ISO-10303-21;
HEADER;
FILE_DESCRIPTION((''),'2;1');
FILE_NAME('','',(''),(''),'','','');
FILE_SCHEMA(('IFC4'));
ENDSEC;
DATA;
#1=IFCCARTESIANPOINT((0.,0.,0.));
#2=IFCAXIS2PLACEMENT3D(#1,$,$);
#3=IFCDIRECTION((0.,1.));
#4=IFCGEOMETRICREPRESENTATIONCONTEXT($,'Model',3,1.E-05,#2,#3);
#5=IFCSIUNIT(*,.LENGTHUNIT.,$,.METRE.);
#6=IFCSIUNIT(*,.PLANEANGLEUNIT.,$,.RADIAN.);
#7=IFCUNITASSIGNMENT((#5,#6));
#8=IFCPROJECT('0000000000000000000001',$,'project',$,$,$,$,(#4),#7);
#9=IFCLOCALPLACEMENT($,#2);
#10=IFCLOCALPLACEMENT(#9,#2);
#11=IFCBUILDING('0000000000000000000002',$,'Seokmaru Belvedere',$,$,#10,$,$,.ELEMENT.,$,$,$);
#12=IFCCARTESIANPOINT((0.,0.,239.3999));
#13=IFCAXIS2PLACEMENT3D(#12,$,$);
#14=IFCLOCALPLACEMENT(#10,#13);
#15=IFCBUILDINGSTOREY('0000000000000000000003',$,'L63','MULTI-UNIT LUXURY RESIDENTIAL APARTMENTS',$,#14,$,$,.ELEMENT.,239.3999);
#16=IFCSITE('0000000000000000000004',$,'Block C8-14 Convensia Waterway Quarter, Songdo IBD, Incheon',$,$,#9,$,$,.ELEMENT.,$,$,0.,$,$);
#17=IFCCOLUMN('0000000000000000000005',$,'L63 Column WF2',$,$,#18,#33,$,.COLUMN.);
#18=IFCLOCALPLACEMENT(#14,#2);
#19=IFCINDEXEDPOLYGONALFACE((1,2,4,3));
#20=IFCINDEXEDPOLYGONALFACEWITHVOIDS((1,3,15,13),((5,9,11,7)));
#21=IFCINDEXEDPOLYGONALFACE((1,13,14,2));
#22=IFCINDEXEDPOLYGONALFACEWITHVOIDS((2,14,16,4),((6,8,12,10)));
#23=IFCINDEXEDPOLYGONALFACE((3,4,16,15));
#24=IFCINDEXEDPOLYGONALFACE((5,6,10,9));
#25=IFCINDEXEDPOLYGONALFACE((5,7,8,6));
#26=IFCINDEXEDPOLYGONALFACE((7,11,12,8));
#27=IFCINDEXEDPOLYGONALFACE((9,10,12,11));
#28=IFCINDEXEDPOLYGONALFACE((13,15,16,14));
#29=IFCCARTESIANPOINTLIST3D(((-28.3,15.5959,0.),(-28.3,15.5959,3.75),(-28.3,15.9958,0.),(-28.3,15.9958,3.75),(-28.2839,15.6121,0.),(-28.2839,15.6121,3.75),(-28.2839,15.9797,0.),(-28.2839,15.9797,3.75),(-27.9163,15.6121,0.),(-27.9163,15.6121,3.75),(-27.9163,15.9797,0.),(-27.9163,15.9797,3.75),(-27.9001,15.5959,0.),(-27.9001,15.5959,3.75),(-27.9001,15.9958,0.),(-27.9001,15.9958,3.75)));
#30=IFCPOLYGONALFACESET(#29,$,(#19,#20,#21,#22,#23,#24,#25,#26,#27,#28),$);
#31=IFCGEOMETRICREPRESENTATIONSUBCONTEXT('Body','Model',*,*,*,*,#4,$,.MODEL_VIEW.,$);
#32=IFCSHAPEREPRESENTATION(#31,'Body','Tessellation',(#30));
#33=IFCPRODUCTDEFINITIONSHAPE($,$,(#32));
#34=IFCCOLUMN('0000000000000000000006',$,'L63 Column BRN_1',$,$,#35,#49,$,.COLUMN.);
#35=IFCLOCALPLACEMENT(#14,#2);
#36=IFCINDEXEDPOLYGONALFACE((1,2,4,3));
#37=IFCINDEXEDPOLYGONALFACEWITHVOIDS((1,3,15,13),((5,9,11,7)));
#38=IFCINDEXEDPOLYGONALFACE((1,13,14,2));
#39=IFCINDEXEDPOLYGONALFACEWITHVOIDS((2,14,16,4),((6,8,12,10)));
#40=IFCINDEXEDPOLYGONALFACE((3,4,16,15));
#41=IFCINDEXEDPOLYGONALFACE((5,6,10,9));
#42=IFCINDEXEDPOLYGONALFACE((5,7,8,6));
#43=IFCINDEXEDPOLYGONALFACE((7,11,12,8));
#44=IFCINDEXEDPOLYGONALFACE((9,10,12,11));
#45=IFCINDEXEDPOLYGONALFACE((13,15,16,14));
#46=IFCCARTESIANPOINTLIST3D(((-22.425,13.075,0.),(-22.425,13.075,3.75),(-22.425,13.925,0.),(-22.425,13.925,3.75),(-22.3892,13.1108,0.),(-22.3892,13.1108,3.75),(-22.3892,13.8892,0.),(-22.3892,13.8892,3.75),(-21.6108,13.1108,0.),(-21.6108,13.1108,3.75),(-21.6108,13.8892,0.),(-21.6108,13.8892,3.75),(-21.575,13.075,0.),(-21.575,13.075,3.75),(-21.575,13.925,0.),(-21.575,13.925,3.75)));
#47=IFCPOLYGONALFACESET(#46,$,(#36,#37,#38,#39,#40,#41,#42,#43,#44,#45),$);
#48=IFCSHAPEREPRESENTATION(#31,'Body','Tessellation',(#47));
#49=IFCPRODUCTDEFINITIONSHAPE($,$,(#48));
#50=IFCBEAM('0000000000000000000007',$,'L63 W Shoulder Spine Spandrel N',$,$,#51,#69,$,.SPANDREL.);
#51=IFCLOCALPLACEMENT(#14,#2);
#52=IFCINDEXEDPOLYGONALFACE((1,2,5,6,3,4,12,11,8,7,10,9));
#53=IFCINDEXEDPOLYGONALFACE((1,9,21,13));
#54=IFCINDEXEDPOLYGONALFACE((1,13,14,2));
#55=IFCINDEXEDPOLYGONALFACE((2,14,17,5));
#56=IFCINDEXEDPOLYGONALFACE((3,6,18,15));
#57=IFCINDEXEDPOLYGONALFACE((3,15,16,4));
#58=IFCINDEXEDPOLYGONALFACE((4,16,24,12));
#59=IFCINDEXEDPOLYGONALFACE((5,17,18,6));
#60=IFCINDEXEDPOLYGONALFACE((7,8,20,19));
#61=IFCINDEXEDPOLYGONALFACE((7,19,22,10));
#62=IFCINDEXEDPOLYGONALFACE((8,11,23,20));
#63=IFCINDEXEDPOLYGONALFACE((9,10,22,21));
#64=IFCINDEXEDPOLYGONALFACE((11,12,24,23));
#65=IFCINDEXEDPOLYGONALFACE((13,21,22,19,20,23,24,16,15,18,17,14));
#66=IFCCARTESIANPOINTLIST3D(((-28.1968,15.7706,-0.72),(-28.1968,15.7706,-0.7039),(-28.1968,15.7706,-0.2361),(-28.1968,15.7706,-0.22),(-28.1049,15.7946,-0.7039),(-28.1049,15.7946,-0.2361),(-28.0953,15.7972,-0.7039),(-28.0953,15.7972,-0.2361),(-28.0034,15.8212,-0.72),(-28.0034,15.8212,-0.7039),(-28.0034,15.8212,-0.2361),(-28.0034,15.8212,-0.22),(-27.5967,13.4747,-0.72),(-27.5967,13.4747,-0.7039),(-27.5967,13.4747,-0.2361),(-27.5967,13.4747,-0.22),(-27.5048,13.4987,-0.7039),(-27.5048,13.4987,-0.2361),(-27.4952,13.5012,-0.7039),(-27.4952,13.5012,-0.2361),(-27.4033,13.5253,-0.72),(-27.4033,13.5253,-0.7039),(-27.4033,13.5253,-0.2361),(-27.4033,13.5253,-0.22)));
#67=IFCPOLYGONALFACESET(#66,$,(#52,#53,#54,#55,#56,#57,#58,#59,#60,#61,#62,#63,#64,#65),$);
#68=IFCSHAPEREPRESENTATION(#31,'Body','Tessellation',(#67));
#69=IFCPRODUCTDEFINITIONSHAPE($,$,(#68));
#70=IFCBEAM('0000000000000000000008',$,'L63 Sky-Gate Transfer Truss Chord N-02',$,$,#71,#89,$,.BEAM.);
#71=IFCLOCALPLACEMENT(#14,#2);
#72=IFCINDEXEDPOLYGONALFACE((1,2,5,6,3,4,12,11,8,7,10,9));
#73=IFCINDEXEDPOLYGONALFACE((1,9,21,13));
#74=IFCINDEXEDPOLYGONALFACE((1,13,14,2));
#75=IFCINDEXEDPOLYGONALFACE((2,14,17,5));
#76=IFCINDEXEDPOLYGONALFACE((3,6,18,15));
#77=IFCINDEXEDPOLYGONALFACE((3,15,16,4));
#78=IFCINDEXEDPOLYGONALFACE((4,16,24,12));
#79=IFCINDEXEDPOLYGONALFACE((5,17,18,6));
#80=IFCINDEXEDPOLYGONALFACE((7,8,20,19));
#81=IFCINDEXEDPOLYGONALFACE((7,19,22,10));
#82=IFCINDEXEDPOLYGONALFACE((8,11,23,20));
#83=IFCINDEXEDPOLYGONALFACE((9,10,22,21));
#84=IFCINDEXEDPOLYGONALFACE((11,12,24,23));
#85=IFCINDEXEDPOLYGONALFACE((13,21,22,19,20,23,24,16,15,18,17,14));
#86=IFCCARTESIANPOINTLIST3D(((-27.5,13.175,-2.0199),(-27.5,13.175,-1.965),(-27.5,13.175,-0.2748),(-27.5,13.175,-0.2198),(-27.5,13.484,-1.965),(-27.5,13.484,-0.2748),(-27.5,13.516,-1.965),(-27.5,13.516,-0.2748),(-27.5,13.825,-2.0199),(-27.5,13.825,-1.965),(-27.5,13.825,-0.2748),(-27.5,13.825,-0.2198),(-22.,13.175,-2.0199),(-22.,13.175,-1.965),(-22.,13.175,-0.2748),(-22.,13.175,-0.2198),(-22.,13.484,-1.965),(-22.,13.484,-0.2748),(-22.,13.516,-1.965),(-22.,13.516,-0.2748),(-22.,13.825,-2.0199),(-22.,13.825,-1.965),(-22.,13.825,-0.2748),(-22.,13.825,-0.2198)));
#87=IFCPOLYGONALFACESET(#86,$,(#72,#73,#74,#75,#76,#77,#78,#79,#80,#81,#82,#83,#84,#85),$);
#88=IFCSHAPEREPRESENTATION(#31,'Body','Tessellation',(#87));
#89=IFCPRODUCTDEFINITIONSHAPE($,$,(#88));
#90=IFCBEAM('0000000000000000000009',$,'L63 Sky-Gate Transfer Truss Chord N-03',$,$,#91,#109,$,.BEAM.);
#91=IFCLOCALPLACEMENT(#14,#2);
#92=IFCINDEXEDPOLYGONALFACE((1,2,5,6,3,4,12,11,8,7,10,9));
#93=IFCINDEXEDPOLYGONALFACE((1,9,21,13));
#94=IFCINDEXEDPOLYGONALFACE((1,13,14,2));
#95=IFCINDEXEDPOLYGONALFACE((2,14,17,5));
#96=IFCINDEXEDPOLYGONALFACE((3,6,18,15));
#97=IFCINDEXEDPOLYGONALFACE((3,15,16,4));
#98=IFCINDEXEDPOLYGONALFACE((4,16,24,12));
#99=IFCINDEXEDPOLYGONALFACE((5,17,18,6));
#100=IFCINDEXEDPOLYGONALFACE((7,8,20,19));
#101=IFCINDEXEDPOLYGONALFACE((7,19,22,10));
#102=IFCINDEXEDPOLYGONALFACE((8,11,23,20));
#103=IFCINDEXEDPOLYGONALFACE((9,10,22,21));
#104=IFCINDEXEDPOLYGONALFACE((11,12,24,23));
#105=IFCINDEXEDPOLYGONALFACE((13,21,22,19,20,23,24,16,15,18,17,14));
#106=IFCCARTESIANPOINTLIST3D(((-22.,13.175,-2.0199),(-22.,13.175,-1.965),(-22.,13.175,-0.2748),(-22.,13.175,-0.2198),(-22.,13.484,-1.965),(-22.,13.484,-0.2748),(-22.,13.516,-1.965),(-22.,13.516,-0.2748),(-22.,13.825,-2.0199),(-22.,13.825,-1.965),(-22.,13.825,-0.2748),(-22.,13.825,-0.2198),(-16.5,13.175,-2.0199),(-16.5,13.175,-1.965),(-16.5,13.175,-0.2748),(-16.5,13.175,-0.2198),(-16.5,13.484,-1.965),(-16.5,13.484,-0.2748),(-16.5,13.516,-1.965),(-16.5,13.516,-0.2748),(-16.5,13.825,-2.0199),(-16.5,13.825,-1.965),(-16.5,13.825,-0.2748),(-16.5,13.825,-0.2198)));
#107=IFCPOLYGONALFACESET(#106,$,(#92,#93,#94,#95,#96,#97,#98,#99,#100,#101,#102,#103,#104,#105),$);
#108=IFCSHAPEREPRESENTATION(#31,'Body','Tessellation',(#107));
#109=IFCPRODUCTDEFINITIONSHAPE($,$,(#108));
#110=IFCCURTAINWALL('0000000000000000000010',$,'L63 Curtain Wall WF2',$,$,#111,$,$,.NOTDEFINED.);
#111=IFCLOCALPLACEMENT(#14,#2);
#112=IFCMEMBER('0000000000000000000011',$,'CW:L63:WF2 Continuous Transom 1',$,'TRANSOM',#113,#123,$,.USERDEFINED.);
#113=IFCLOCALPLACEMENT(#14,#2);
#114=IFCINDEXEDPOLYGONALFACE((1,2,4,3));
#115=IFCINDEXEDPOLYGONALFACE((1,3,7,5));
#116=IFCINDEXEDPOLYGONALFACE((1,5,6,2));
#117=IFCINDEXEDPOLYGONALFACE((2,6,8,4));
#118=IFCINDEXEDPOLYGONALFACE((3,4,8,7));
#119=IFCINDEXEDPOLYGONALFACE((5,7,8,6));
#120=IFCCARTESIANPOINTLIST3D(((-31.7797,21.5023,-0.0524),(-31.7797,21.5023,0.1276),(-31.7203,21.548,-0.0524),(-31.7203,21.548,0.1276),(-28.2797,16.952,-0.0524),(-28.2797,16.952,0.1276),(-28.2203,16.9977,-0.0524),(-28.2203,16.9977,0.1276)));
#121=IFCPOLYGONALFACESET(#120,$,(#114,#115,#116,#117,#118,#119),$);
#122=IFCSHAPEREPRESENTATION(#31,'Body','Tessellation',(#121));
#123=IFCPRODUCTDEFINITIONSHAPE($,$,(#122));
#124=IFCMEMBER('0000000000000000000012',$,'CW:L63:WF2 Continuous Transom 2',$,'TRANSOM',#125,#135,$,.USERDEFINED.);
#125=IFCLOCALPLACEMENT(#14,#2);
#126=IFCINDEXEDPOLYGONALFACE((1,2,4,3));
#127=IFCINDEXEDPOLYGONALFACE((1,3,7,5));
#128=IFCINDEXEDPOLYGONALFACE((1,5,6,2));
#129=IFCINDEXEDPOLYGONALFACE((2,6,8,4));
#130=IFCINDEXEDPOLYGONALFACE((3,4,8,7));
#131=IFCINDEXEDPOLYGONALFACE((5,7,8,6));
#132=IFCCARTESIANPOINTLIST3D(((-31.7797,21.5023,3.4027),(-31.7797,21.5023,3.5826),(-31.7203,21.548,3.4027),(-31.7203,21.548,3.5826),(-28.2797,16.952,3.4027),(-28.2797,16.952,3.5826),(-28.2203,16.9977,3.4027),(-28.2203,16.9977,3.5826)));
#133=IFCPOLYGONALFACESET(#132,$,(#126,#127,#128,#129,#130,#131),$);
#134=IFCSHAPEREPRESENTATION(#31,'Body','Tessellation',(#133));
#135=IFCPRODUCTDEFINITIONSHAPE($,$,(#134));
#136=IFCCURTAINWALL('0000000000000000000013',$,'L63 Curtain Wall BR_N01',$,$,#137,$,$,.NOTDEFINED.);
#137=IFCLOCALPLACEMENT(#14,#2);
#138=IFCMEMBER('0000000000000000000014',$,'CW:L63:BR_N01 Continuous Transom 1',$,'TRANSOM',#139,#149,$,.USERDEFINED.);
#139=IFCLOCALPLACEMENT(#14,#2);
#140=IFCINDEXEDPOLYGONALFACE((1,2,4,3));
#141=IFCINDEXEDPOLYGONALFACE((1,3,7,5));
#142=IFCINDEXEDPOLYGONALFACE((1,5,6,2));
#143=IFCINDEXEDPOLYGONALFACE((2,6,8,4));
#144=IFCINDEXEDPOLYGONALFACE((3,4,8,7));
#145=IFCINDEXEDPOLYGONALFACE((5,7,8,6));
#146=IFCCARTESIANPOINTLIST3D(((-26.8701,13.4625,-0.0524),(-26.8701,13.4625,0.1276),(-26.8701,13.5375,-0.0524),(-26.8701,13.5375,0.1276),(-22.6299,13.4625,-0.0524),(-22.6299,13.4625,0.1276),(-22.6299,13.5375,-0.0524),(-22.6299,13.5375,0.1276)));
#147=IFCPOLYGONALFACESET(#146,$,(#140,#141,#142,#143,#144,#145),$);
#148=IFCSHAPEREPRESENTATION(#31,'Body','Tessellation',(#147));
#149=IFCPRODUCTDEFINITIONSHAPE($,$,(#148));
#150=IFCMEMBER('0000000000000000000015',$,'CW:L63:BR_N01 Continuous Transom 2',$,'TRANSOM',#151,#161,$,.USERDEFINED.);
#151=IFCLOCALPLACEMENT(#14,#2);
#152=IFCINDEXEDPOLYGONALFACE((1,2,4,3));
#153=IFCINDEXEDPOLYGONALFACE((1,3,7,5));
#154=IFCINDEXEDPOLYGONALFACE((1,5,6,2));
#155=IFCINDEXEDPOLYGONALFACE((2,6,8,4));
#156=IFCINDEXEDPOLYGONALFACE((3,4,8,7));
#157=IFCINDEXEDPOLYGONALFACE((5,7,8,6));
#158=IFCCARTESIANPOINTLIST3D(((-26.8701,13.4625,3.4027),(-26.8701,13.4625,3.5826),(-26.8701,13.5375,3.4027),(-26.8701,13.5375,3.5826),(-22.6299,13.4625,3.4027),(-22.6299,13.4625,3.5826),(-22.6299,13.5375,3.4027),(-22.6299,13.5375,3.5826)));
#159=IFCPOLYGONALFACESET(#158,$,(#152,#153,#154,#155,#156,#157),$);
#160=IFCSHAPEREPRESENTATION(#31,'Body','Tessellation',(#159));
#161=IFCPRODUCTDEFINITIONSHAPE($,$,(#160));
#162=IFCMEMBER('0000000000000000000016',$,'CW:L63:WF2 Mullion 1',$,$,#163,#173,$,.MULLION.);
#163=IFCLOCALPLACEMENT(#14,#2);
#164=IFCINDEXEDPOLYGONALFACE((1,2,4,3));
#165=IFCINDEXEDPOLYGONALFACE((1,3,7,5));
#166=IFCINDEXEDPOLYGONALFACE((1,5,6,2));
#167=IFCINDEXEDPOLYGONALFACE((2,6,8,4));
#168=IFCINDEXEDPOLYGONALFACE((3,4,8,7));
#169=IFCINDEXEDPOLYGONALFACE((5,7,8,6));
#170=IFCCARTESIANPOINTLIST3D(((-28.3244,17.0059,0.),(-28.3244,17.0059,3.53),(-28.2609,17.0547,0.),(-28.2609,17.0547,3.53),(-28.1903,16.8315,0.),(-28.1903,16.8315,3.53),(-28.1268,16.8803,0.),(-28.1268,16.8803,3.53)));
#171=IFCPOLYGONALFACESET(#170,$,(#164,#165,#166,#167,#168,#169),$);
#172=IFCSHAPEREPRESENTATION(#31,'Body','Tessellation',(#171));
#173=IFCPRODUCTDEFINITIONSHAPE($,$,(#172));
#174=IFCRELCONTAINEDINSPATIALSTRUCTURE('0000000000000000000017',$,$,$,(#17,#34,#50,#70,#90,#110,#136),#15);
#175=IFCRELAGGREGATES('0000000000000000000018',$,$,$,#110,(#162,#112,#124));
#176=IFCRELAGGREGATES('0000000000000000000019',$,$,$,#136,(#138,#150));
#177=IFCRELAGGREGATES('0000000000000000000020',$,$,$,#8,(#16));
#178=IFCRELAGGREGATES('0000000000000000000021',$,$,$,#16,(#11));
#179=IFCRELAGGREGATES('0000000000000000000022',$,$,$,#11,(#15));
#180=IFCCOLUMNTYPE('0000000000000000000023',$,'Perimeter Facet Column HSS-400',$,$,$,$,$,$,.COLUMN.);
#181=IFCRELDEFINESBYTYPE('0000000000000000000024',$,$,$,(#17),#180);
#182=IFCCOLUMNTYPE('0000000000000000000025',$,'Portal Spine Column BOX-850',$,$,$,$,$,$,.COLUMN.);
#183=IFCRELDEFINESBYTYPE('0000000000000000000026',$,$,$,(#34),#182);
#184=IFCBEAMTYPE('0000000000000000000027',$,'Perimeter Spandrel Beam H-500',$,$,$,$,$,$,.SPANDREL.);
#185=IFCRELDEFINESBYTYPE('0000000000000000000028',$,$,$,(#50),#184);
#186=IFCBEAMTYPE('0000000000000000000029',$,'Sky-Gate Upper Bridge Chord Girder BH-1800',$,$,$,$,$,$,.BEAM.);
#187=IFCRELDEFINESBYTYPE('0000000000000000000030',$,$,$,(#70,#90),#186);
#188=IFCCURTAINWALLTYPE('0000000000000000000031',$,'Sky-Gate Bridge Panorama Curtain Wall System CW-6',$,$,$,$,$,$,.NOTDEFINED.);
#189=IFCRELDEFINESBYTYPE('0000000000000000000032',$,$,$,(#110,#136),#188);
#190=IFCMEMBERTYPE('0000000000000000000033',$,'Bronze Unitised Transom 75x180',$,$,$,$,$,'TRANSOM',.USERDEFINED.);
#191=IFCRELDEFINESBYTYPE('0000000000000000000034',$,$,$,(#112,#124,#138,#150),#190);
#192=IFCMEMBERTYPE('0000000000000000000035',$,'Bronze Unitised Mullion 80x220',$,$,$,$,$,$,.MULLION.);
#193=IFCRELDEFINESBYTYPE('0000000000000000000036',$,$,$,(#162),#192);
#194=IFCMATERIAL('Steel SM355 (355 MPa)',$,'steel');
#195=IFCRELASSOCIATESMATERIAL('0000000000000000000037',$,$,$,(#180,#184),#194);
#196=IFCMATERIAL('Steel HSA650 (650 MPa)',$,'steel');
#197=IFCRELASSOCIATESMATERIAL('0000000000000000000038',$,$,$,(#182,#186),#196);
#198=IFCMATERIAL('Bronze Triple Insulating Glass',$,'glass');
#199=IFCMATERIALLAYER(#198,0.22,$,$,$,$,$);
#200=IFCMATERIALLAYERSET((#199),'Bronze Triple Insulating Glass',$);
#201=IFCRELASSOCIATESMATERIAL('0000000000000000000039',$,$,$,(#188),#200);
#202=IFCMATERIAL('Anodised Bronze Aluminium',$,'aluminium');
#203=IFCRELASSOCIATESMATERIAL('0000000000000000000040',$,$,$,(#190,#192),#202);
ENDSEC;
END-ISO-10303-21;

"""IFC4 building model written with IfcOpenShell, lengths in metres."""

from ifc_helpers import new_model, si_unit, direction, frame, origin, origin_2d, place, context, subcontext, project, spatial, rectangle, hollow_rectangle, i_section, extrude, source, transform, mapped, material, layer, layer_set, material_profile, profile_set, type_object, type_shapes, element, aggregate, save


model = new_model("IFC4")

# Units and contexts
model_context = context("Model", 3, precision=1e-05, world=origin(), true_north=direction((0.0, 1.0)))
body_context = subcontext(model_context, "Body", "Model", "MODEL_VIEW")
ifc_project = project(units=[si_unit("LENGTHUNIT", "METRE"), si_unit("PLANEANGLEUNIT", "RADIAN")], contexts=[model_context])

# Site, building, storey
site_placement = place(None, origin())
site = spatial("IfcSite", under=ifc_project, at=site_placement, Name="Block C8-14 Convensia Waterway Quarter, Songdo IBD, Incheon", CompositionType="ELEMENT", RefElevation=0.0)
building_placement = place(site_placement, origin())
building = spatial("IfcBuilding", under=site, at=building_placement, Name="Seokmaru Belvedere", CompositionType="ELEMENT")
storey_placement = place(building_placement, frame((0.0, 0.0, 239.3999)))
storey = spatial("IfcBuildingStorey", under=building, at=storey_placement, Name="L63", Description="MULTI-UNIT LUXURY RESIDENTIAL APARTMENTS", CompositionType="ELEMENT", Elevation=239.3999)

# Columns
ifc_material_1 = material(Name="Steel SM355 (355 MPa)", Category="steel")
ifc_material_profile_1 = material_profile(ifc_material_1, hollow_rectangle(XDim=0.3999, YDim=0.3999, WallThickness=0.0161, at=origin_2d()), Name="HSS-400x400x16")
ifc_profile_set_1 = profile_set([ifc_material_profile_1], Name="Steel SM355 (355 MPa)")
column_type_1 = type_object("IfcColumnType", Name="Perimeter Facet Column HSS-400", PredefinedType="COLUMN", material=ifc_profile_set_1)
shared_shape_1 = source(origin(), body_context, "Body", "SweptSolid", [
    extrude(hollow_rectangle(XDim=0.3999, YDim=0.3999, WallThickness=0.0161, at=origin_2d()), origin(), (0.0, 0.0, 1.0), 3.75),
])
type_shapes(column_type_1, [shared_shape_1])
column_1_placement = place(storey_placement, frame((-28.1001, 15.7959, 0.0), z_axis=(0.0, 0.0, 1.0), x_axis=(1.0, 0.0, 0.0)))
element("IfcColumn", 1, at=column_1_placement, inside=storey, type_object=column_type_1, Name="L63 Column WF2", PredefinedType="COLUMN", context=body_context, shape_type="MappedRepresentation", body=[
    mapped(shared_shape_1, transform((0.0, 0.0, 0.0), scale=1.0)),
])
ifc_material_2 = material(Name="Steel HSA650 (650 MPa)", Category="steel")
ifc_material_profile_2 = material_profile(ifc_material_2, hollow_rectangle(XDim=0.8501, YDim=0.8501, WallThickness=0.0359, at=origin_2d()), Name="BOX-850x850x36")
ifc_profile_set_2 = profile_set([ifc_material_profile_2], Name="Steel HSA650 (650 MPa)")
column_type_2 = type_object("IfcColumnType", Name="Portal Spine Column BOX-850", PredefinedType="COLUMN", material=ifc_profile_set_2)
shared_shape_2 = source(origin(), body_context, "Body", "SweptSolid", [
    extrude(hollow_rectangle(XDim=0.8501, YDim=0.8501, WallThickness=0.0359, at=origin_2d()), origin(), (0.0, 0.0, 1.0), 3.75),
])
type_shapes(column_type_2, [shared_shape_2])
column_2_placement = place(storey_placement, frame((-22.0, 13.5, 0.0), z_axis=(0.0, 0.0, 1.0), x_axis=(1.0, 0.0, 0.0)))
element("IfcColumn", 2, at=column_2_placement, inside=storey, type_object=column_type_2, Name="L63 Column BRN_1", PredefinedType="COLUMN", context=body_context, shape_type="MappedRepresentation", body=[
    mapped(shared_shape_2, transform((0.0, 0.0, 0.0), scale=1.0)),
])

# Beams
ifc_material_profile_3 = material_profile(ifc_material_1, i_section(OverallWidth=0.2, OverallDepth=0.5, WebThickness=0.01, FlangeThickness=0.0161, at=origin_2d()), Name="H-500x200x10x16")
ifc_profile_set_3 = profile_set([ifc_material_profile_3], Name="Steel SM355 (355 MPa)")
beam_type_1 = type_object("IfcBeamType", Name="Perimeter Spandrel Beam H-500", PredefinedType="SPANDREL", material=ifc_profile_set_3)
shared_shape_3 = source(origin(), body_context, "Body", "SweptSolid", [
    extrude(i_section(OverallWidth=0.2, OverallDepth=0.5, WebThickness=0.01, FlangeThickness=0.0161, at=origin_2d()), origin(), (0.0, 0.0, 1.0), 2.373),
])
type_shapes(beam_type_1, [shared_shape_3])
beam_placement = place(storey_placement, frame((-28.1001, 15.7959, -0.47), z_axis=(0.252883, -0.967497, 0.0), x_axis=(0.967497, 0.252883, 0.0)))
element("IfcBeam", 3, at=beam_placement, inside=storey, type_object=beam_type_1, Name="L63 W Shoulder Spine Spandrel N", PredefinedType="SPANDREL", context=body_context, shape_type="MappedRepresentation", body=[
    mapped(shared_shape_3, transform((0.0, 0.0, 0.0), scale=1.0)),
])
ifc_material_profile_4 = material_profile(ifc_material_2, i_section(OverallWidth=0.6499, OverallDepth=1.8, WebThickness=0.032, FlangeThickness=0.0549, at=origin_2d()), Name="BH-1800x650x32x55")
ifc_profile_set_4 = profile_set([ifc_material_profile_4], Name="Steel HSA650 (650 MPa)")
beam_type_2 = type_object("IfcBeamType", Name="Sky-Gate Upper Bridge Chord Girder BH-1800", PredefinedType="BEAM", material=ifc_profile_set_4)
shared_shape_4 = source(origin(), body_context, "Body", "SweptSolid", [
    extrude(i_section(OverallWidth=0.6499, OverallDepth=1.8, WebThickness=0.032, FlangeThickness=0.0549, at=origin_2d()), origin(), (0.0, 0.0, 1.0), 5.5),
])
type_shapes(beam_type_2, [shared_shape_4])
for number, where, z_axis, x_axis, name in (
    (4, (-27.5, 13.5, -1.1199), (1.0, 0.0, 0.0), (0.0, 1.0, 0.0), "L63 Sky-Gate Transfer Truss Chord N-02"),
    (5, (-22.0, 13.5, -1.1199), (1.0, 0.0, 0.0), (0.0, 1.0, 0.0), "L63 Sky-Gate Transfer Truss Chord N-03"),
):
    element("IfcBeam", number, at=place(storey_placement, frame(where, z_axis=z_axis, x_axis=x_axis)), inside=storey, type_object=beam_type_2, Name=name, PredefinedType="BEAM", context=body_context, shape_type="MappedRepresentation", body=[
        mapped(shared_shape_4, transform((0.0, 0.0, 0.0), scale=1.0)),
    ])

# Curtain walls, members
ifc_material_3 = material(Name="Bronze Triple Insulating Glass", Category="glass")
ifc_layer_1 = layer(ifc_material_3, 0.22)
ifc_layer_set_1 = layer_set([ifc_layer_1], Name="Bronze Triple Insulating Glass")
curtain_wall_type = type_object("IfcCurtainWallType", Name="Sky-Gate Bridge Panorama Curtain Wall System CW-6", PredefinedType="NOTDEFINED", material=ifc_layer_set_1)
curtain_wall_1_placement = place(storey_placement, origin())
curtain_wall_1 = element("IfcCurtainWall", 6, at=curtain_wall_1_placement, inside=storey, type_object=curtain_wall_type, Name="L63 Curtain Wall WF2", PredefinedType="NOTDEFINED")
ifc_material_4 = material(Name="Anodised Bronze Aluminium", Category="aluminium")
ifc_material_profile_5 = material_profile(ifc_material_4, rectangle(XDim=0.075, YDim=0.1799, at=origin_2d()), Name="CW-T-75x180")
ifc_profile_set_5 = profile_set([ifc_material_profile_5], Name="Anodised Bronze Aluminium")
member_type_1 = type_object("IfcMemberType", Name="Bronze Unitised Transom 75x180", ElementType="TRANSOM", PredefinedType="USERDEFINED", material=ifc_profile_set_5)
shared_shape_5 = source(origin(), body_context, "Body", "SweptSolid", [
    extrude(rectangle(XDim=0.075, YDim=0.1799, at=origin_2d()), origin(), (0.0, 0.0, 1.0), 5.7407),
])
member_1_placement = place(storey_placement, frame((-28.25, 16.9749, 0.0376), z_axis=(-0.609686, 0.792643, 0.0), x_axis=(-0.792643, -0.609686, 0.0)))
member_1 = element("IfcMember", 7, at=member_1_placement, type_object=member_type_1, Name="CW:L63:WF2 Continuous Transom 1", ObjectType="TRANSOM", PredefinedType="USERDEFINED", context=body_context, shape_type="MappedRepresentation", body=[
    mapped(shared_shape_5, transform((0.0, 0.0, 0.0), scale=1.0)),
])
member_2_placement = place(storey_placement, frame((-28.25, 16.9749, 3.4927), z_axis=(-0.609686, 0.792643, 0.0), x_axis=(-0.792643, -0.609686, 0.0)))
member_2 = element("IfcMember", 8, at=member_2_placement, type_object=member_type_1, Name="CW:L63:WF2 Continuous Transom 2", ObjectType="TRANSOM", PredefinedType="USERDEFINED", context=body_context, shape_type="MappedRepresentation", body=[
    mapped(shared_shape_5, transform((0.0, 0.0, 0.0), scale=1.0)),
])
curtain_wall_2_placement = place(storey_placement, origin())
curtain_wall_2 = element("IfcCurtainWall", 9, at=curtain_wall_2_placement, inside=storey, type_object=curtain_wall_type, Name="L63 Curtain Wall BR_N01", PredefinedType="NOTDEFINED")
shared_shape_6 = source(origin(), body_context, "Body", "SweptSolid", [
    extrude(rectangle(XDim=0.075, YDim=0.1799, at=origin_2d()), origin(), (0.0, 0.0, 1.0), 4.2402),
])
type_shapes(member_type_1, [shared_shape_5, shared_shape_6])
member_3_placement = place(storey_placement, frame((-22.6299, 13.5, 0.0376), z_axis=(-1.0, 0.0, 0.0), x_axis=(0.0, -1.0, 0.0)))
member_3 = element("IfcMember", 10, at=member_3_placement, type_object=member_type_1, Name="CW:L63:BR_N01 Continuous Transom 1", ObjectType="TRANSOM", PredefinedType="USERDEFINED", context=body_context, shape_type="MappedRepresentation", body=[
    mapped(shared_shape_6, transform((0.0, 0.0, 0.0), scale=1.0)),
])
member_4_placement = place(storey_placement, frame((-22.6299, 13.5, 3.4927), z_axis=(-1.0, 0.0, 0.0), x_axis=(0.0, -1.0, 0.0)))
member_4 = element("IfcMember", 11, at=member_4_placement, type_object=member_type_1, Name="CW:L63:BR_N01 Continuous Transom 2", ObjectType="TRANSOM", PredefinedType="USERDEFINED", context=body_context, shape_type="MappedRepresentation", body=[
    mapped(shared_shape_6, transform((0.0, 0.0, 0.0), scale=1.0)),
])

# Member
ifc_material_profile_6 = material_profile(ifc_material_4, rectangle(XDim=0.0801, YDim=0.22, at=origin_2d()), Name="CW-M-80x220")
ifc_profile_set_6 = profile_set([ifc_material_profile_6], Name="Anodised Bronze Aluminium")
member_type_2 = type_object("IfcMemberType", Name="Bronze Unitised Mullion 80x220", PredefinedType="MULLION", material=ifc_profile_set_6)
shared_shape_7 = source(origin(), body_context, "Body", "SweptSolid", [
    extrude(rectangle(XDim=0.0801, YDim=0.22, at=origin_2d()), origin(), (0.0, 0.0, 1.0), 3.53),
])
type_shapes(member_type_2, [shared_shape_7])
member_5_placement = place(storey_placement, frame((-28.2256, 16.9431, 0.0), z_axis=(0.0, 0.0, 1.0), x_axis=(-0.792631, -0.609701, 0.0)))
member_5 = element("IfcMember", 12, at=member_5_placement, type_object=member_type_2, Name="CW:L63:WF2 Mullion 1", PredefinedType="MULLION", context=body_context, shape_type="MappedRepresentation", body=[
    mapped(shared_shape_7, transform((0.0, 0.0, 0.0), scale=1.0)),
])

aggregate(curtain_wall_1, [member_5, member_1, member_2])
aggregate(curtain_wall_2, [member_3, member_4])

save(model, "model.ifc")
